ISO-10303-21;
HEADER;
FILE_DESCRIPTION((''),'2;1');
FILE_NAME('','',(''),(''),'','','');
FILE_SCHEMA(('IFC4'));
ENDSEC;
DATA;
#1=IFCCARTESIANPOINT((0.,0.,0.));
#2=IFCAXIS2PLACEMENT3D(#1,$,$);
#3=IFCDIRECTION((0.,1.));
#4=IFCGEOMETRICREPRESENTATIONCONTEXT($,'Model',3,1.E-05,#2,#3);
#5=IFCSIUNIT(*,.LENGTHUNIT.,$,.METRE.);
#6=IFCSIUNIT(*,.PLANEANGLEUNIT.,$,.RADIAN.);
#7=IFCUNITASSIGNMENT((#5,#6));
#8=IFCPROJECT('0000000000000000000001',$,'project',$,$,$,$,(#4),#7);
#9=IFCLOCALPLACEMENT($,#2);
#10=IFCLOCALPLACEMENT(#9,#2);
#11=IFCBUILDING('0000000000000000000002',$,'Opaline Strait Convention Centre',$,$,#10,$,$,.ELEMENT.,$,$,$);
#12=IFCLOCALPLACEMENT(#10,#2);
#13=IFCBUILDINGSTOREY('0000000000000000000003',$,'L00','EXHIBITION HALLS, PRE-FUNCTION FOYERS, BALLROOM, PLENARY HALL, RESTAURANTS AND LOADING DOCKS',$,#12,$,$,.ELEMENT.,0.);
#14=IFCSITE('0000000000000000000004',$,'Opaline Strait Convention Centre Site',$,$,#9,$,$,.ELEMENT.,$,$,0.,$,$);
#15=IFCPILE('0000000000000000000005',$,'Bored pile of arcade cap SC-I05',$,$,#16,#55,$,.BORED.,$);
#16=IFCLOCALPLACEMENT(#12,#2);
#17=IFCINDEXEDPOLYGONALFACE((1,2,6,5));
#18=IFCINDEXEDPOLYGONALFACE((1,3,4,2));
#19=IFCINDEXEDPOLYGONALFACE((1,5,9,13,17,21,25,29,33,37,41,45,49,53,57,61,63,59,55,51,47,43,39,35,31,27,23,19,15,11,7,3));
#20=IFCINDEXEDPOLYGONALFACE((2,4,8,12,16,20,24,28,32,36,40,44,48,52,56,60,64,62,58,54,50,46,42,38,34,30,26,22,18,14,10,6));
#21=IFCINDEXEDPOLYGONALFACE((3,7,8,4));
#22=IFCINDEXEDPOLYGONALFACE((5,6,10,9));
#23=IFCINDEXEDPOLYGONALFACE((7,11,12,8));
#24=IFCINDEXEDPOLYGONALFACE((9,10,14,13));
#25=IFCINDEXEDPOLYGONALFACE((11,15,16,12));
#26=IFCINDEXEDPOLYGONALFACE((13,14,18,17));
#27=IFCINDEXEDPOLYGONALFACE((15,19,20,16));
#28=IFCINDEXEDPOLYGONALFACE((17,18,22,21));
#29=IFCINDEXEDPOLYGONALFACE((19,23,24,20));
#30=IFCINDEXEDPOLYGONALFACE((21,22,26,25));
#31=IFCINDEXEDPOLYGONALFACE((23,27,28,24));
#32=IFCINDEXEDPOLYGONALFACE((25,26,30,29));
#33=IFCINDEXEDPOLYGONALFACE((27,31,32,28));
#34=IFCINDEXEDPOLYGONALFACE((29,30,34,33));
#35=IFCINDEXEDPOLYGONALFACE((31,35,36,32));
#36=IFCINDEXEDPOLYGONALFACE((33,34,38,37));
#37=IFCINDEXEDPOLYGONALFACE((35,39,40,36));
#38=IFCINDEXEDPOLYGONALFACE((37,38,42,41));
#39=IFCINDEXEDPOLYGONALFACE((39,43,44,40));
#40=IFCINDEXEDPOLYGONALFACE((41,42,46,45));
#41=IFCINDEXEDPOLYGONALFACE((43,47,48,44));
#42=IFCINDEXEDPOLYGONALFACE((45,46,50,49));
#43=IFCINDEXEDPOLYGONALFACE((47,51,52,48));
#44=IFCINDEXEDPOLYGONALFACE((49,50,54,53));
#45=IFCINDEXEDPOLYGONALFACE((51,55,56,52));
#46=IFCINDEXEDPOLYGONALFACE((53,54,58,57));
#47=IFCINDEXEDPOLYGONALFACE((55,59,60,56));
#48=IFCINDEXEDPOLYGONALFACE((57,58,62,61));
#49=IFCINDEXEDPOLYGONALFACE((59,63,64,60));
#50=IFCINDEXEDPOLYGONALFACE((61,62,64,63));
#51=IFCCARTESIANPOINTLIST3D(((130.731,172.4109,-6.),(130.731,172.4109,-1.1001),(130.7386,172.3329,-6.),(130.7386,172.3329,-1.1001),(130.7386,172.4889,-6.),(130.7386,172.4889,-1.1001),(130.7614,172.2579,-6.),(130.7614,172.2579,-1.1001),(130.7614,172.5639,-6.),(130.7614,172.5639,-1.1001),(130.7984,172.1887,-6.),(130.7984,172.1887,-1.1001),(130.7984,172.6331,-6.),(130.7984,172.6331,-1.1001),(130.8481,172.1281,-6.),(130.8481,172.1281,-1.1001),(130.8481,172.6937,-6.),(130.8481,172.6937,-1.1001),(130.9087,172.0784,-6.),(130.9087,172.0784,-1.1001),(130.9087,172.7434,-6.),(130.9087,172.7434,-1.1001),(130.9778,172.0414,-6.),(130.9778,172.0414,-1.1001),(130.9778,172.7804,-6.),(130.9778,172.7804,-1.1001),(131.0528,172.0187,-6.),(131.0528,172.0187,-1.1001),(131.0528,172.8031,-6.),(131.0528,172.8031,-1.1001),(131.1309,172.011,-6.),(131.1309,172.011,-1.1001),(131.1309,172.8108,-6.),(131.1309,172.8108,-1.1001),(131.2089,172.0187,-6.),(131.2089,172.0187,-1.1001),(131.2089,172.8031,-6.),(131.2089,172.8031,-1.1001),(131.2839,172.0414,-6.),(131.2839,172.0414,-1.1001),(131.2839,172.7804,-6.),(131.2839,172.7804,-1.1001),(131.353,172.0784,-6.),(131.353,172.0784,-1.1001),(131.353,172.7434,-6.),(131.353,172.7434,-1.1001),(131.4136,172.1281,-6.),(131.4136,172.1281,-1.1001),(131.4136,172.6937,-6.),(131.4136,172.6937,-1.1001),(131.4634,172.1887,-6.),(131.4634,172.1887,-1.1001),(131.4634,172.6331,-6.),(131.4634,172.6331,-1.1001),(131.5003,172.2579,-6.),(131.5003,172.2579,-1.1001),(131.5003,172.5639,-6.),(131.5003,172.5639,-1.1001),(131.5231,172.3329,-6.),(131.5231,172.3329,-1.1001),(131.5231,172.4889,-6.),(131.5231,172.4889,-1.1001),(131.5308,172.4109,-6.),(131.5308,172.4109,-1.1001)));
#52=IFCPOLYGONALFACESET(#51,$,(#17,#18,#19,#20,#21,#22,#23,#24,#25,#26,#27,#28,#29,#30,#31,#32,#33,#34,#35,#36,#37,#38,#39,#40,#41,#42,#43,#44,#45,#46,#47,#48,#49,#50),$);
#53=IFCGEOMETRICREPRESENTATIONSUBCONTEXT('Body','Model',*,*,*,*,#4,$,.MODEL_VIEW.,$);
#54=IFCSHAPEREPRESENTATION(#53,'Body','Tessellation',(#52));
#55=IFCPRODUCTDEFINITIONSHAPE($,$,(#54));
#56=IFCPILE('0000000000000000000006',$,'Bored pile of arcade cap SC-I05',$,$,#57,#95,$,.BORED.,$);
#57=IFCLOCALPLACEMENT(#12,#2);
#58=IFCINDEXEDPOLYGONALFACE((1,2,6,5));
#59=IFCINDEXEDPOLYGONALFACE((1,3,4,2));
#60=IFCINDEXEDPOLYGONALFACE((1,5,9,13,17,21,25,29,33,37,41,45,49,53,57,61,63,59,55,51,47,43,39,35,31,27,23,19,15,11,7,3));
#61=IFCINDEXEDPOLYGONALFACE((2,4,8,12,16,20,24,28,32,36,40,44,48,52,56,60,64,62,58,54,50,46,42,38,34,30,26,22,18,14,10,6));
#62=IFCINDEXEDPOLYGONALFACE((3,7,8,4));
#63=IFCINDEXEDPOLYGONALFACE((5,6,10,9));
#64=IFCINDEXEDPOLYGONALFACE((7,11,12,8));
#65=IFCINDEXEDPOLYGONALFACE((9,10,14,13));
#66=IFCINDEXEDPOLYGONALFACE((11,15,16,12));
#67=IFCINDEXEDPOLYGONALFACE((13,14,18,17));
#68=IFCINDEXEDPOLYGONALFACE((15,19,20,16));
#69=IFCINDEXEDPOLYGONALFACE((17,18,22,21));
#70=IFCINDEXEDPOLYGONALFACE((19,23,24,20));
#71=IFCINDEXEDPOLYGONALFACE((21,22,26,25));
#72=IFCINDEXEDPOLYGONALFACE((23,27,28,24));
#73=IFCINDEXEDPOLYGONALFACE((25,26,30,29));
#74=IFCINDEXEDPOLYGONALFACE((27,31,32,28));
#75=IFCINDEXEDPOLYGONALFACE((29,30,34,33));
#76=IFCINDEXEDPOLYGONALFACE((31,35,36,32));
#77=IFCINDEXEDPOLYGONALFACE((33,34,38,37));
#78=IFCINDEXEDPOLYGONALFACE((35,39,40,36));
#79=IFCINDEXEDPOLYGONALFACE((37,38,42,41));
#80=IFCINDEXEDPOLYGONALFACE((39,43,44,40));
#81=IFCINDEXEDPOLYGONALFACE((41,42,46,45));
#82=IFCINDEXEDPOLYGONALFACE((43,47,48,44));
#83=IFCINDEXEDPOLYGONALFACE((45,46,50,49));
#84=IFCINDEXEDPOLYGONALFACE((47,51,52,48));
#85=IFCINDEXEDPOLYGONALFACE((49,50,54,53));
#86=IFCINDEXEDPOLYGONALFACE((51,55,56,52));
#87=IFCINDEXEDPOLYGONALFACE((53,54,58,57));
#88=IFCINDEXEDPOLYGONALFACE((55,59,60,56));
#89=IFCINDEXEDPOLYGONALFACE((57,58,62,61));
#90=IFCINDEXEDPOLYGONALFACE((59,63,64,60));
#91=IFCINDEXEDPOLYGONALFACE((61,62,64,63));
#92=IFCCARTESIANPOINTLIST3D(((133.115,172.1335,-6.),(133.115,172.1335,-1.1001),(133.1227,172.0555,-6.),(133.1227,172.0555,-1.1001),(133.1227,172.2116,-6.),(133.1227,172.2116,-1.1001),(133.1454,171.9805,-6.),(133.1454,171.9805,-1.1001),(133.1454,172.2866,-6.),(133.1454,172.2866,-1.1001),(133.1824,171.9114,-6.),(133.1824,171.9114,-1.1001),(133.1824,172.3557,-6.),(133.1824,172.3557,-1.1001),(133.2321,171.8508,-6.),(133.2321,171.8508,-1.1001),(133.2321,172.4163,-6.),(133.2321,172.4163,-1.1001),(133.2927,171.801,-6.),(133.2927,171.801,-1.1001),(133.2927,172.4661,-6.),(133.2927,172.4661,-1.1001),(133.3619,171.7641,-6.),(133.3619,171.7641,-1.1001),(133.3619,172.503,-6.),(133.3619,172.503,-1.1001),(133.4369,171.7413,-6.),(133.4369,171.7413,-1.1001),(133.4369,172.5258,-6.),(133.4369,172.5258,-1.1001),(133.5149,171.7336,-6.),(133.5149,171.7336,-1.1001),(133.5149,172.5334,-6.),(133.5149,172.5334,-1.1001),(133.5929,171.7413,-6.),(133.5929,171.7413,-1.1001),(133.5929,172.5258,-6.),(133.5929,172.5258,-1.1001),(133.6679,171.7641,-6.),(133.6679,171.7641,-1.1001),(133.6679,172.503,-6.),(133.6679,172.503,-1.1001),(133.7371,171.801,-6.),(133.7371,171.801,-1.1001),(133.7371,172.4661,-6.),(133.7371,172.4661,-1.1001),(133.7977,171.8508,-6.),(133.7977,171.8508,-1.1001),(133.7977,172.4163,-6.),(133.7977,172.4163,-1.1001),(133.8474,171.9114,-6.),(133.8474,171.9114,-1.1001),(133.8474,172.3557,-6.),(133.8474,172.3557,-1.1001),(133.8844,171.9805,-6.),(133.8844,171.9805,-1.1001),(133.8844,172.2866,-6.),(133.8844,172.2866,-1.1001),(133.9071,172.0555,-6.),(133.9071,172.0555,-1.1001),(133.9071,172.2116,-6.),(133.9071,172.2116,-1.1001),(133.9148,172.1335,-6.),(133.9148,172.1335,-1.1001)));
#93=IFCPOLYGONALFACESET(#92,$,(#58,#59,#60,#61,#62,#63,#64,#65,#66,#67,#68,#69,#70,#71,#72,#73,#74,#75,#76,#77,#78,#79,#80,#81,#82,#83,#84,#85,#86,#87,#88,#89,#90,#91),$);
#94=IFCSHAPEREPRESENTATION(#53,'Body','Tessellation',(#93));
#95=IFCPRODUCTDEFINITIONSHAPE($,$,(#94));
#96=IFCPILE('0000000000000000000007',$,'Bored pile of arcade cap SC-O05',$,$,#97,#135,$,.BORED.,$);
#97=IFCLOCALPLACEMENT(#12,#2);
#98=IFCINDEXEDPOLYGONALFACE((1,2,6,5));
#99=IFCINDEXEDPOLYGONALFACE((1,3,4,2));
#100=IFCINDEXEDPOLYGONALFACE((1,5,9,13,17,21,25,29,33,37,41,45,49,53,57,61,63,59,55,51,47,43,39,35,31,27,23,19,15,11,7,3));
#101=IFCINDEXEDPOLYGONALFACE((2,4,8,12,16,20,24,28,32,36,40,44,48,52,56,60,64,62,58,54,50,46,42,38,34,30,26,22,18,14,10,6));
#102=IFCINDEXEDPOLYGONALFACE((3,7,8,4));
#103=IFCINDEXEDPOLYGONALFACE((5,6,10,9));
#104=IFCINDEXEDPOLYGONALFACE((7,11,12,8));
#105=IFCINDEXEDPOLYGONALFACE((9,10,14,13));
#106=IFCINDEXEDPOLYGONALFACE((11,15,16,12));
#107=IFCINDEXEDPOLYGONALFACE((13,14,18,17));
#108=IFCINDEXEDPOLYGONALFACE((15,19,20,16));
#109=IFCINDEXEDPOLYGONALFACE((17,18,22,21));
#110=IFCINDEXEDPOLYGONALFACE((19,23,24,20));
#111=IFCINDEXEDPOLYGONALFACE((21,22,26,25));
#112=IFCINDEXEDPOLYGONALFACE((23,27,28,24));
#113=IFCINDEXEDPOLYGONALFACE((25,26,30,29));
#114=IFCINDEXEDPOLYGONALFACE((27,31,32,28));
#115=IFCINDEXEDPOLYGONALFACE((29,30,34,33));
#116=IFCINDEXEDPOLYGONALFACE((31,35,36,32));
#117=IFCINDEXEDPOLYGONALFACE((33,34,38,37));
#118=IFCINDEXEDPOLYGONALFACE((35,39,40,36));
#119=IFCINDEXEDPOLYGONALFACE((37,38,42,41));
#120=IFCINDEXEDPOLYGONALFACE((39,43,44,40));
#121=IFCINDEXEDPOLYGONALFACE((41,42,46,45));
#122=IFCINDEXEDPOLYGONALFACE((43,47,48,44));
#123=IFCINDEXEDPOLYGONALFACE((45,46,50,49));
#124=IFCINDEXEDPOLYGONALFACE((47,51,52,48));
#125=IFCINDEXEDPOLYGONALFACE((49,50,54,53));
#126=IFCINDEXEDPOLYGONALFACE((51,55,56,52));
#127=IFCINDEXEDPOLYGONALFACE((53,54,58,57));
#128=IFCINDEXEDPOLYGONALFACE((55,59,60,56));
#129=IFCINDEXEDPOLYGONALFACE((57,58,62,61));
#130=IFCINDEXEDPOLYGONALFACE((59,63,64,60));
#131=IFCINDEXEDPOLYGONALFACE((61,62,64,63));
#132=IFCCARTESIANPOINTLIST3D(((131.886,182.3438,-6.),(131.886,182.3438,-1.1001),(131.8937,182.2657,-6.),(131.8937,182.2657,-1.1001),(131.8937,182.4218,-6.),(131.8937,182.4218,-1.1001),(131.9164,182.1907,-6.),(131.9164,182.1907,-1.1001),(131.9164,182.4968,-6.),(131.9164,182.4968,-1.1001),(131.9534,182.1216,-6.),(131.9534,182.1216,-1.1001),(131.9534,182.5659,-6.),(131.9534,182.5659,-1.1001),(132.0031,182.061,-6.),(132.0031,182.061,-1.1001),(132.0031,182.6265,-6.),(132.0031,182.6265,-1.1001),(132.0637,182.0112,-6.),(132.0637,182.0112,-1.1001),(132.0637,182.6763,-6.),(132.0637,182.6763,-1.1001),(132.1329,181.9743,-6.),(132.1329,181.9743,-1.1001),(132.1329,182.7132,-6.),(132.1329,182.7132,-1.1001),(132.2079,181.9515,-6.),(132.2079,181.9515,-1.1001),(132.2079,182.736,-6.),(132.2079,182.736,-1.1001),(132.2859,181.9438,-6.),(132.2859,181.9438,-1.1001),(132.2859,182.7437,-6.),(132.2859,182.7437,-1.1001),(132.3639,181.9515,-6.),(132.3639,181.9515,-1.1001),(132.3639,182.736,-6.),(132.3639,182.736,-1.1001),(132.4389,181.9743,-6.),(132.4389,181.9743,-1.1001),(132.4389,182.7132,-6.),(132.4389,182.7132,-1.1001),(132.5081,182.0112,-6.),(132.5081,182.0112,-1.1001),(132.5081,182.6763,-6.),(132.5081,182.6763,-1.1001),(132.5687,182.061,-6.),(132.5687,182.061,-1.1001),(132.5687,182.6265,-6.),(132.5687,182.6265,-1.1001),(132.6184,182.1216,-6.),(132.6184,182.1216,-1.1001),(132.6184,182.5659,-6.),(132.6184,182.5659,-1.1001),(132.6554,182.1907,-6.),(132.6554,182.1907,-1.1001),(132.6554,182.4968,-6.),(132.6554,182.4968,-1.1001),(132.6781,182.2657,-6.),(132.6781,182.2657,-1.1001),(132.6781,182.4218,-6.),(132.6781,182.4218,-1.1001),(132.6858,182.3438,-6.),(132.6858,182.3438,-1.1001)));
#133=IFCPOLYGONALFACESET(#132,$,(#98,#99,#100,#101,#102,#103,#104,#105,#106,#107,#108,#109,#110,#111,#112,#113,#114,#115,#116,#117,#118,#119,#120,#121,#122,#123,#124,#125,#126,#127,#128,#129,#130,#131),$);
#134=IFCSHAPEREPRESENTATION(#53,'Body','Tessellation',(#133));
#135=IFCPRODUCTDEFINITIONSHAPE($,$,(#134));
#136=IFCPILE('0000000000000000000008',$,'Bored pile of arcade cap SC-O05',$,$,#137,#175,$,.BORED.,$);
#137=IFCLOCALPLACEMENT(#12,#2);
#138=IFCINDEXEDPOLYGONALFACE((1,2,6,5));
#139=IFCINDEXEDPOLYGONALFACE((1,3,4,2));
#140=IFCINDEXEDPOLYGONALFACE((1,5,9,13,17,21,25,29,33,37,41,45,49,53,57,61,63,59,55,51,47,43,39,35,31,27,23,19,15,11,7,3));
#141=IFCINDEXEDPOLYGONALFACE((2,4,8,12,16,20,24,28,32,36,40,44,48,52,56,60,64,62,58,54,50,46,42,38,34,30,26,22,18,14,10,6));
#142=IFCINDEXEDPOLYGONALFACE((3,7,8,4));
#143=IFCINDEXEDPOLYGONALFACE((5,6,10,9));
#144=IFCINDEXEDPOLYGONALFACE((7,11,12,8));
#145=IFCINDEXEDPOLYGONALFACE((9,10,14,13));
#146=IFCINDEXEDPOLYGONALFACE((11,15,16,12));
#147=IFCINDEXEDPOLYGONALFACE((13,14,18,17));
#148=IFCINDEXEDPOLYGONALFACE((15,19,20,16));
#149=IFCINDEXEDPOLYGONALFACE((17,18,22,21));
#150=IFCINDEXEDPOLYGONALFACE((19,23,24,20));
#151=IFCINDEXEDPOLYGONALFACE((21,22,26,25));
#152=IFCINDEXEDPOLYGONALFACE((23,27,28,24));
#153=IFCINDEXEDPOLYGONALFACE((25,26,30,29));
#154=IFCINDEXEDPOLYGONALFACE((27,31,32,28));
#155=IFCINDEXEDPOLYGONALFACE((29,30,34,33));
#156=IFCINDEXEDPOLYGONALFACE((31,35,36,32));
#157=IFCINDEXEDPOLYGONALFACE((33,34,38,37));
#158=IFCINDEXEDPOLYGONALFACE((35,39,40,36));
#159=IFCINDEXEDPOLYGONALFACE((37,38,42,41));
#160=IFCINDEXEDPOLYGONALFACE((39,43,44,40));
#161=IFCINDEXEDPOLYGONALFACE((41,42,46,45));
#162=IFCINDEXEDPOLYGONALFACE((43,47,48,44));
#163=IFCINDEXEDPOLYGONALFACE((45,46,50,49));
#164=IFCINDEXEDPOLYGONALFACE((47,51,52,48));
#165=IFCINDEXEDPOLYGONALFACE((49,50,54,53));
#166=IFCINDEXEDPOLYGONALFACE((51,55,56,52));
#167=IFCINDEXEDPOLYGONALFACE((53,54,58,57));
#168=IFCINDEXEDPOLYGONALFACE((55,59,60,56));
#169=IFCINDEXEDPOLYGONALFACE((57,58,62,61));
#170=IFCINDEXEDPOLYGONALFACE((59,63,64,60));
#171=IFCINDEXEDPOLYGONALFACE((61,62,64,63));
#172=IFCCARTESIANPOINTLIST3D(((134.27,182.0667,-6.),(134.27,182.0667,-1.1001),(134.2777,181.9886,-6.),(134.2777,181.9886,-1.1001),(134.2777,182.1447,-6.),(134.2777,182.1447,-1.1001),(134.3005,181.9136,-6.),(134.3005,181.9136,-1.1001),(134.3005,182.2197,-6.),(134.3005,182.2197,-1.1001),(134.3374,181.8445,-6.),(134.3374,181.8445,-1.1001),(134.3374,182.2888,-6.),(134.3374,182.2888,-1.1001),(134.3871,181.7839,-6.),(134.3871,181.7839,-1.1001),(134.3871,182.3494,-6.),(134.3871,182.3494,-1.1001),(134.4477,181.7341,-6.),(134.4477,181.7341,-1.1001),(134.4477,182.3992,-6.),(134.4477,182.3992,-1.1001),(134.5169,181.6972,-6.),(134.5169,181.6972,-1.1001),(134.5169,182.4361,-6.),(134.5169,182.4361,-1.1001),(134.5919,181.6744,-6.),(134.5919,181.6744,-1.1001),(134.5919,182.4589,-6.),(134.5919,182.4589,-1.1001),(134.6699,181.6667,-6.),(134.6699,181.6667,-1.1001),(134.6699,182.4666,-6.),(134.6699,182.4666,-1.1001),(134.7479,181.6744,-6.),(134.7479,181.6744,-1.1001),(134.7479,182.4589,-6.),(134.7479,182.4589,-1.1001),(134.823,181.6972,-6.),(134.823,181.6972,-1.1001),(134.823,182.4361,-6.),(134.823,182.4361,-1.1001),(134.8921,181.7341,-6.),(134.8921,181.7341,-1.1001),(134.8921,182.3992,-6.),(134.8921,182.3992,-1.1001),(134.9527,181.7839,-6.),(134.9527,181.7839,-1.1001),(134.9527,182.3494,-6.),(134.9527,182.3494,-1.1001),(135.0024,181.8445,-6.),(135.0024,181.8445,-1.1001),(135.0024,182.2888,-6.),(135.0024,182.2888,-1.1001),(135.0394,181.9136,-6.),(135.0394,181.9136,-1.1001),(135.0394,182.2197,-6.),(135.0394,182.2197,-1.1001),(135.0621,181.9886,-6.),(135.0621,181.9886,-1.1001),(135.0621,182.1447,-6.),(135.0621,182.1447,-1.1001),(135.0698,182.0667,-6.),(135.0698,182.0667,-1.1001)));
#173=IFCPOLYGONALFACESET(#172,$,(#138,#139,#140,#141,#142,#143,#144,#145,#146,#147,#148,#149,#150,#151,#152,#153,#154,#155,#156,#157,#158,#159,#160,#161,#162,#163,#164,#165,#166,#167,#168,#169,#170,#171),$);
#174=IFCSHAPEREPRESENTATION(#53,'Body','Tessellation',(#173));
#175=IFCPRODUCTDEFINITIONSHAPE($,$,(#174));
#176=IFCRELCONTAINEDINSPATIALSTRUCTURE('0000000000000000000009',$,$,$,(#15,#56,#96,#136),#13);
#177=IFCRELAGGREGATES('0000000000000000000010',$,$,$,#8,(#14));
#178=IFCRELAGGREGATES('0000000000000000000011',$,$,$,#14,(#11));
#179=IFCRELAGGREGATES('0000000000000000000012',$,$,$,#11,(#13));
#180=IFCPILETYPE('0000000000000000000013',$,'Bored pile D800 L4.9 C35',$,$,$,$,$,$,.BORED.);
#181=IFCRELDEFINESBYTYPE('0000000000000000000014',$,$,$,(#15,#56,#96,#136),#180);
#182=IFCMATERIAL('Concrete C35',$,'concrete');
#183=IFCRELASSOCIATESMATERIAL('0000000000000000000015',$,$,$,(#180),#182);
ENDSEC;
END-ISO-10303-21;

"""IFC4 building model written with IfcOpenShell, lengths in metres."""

from ifc_helpers import new_model, si_unit, direction, frame, origin, origin_2d, place, context, subcontext, project, spatial, circle, extrude, material, material_profile, profile_set, type_object, element, save


model = new_model("IFC4")

# Units and contexts
model_context = context("Model", 3, precision=1e-05, world=origin(), true_north=direction((0.0, 1.0)))
body_context = subcontext(model_context, "Body", "Model", "MODEL_VIEW")
ifc_project = project(units=[si_unit("LENGTHUNIT", "METRE"), si_unit("PLANEANGLEUNIT", "RADIAN")], contexts=[model_context])

# Site, building, storey
site_placement = place(None, origin())
site = spatial("IfcSite", under=ifc_project, at=site_placement, Name="Opaline Strait Convention Centre Site", CompositionType="ELEMENT", RefElevation=0.0)
building_placement = place(site_placement, origin())
building = spatial("IfcBuilding", under=site, at=building_placement, Name="Opaline Strait Convention Centre", CompositionType="ELEMENT")
storey_placement = place(building_placement, origin())
storey = spatial("IfcBuildingStorey", under=building, at=storey_placement, Name="L00", Description="EXHIBITION HALLS, PRE-FUNCTION FOYERS, BALLROOM, PLENARY HALL, RESTAURANTS AND LOADING DOCKS", CompositionType="ELEMENT", Elevation=0.0)

# Piles
ifc_material_1 = material(Name="Concrete C35", Category="concrete")
ifc_material_profile_1 = material_profile(ifc_material_1, circle(Radius=0.3999, at=origin_2d()), Name="D800")
ifc_profile_set_1 = profile_set([ifc_material_profile_1], Name="Concrete C35")
pile_type_1 = type_object("IfcPileType", Name="Bored pile D800 L4.9 C35", PredefinedType="BORED", material=ifc_profile_set_1)
for number, where, z_axis, x_axis, name in (
    (1, (131.1309, 172.4109, -1.1001), (0.0, 0.0, -1.0), (1.0, 0.0, 0.0), "Bored pile of arcade cap SC-I05"),
    (2, (133.5149, 172.1335, -1.1001), (0.0, 0.0, -1.0), (1.0, 0.0, 0.0), "Bored pile of arcade cap SC-I05"),
    (3, (132.2859, 182.3438, -1.1001), (0.0, 0.0, -1.0), (1.0, 0.0, 0.0), "Bored pile of arcade cap SC-O05"),
    (4, (134.6699, 182.0667, -1.1001), (0.0, 0.0, -1.0), (1.0, 0.0, 0.0), "Bored pile of arcade cap SC-O05"),
):
    element("IfcPile", number, at=place(storey_placement, frame(where, z_axis=z_axis, x_axis=x_axis)), inside=storey, type_object=pile_type_1, Name=name, PredefinedType="BORED", context=body_context, shape_type="SweptSolid", body=[
        extrude(circle(Radius=0.3999, at=origin_2d()), origin(), (0.0, 0.0, 1.0), 4.8999),
    ])

save(model, "model.ifc")
